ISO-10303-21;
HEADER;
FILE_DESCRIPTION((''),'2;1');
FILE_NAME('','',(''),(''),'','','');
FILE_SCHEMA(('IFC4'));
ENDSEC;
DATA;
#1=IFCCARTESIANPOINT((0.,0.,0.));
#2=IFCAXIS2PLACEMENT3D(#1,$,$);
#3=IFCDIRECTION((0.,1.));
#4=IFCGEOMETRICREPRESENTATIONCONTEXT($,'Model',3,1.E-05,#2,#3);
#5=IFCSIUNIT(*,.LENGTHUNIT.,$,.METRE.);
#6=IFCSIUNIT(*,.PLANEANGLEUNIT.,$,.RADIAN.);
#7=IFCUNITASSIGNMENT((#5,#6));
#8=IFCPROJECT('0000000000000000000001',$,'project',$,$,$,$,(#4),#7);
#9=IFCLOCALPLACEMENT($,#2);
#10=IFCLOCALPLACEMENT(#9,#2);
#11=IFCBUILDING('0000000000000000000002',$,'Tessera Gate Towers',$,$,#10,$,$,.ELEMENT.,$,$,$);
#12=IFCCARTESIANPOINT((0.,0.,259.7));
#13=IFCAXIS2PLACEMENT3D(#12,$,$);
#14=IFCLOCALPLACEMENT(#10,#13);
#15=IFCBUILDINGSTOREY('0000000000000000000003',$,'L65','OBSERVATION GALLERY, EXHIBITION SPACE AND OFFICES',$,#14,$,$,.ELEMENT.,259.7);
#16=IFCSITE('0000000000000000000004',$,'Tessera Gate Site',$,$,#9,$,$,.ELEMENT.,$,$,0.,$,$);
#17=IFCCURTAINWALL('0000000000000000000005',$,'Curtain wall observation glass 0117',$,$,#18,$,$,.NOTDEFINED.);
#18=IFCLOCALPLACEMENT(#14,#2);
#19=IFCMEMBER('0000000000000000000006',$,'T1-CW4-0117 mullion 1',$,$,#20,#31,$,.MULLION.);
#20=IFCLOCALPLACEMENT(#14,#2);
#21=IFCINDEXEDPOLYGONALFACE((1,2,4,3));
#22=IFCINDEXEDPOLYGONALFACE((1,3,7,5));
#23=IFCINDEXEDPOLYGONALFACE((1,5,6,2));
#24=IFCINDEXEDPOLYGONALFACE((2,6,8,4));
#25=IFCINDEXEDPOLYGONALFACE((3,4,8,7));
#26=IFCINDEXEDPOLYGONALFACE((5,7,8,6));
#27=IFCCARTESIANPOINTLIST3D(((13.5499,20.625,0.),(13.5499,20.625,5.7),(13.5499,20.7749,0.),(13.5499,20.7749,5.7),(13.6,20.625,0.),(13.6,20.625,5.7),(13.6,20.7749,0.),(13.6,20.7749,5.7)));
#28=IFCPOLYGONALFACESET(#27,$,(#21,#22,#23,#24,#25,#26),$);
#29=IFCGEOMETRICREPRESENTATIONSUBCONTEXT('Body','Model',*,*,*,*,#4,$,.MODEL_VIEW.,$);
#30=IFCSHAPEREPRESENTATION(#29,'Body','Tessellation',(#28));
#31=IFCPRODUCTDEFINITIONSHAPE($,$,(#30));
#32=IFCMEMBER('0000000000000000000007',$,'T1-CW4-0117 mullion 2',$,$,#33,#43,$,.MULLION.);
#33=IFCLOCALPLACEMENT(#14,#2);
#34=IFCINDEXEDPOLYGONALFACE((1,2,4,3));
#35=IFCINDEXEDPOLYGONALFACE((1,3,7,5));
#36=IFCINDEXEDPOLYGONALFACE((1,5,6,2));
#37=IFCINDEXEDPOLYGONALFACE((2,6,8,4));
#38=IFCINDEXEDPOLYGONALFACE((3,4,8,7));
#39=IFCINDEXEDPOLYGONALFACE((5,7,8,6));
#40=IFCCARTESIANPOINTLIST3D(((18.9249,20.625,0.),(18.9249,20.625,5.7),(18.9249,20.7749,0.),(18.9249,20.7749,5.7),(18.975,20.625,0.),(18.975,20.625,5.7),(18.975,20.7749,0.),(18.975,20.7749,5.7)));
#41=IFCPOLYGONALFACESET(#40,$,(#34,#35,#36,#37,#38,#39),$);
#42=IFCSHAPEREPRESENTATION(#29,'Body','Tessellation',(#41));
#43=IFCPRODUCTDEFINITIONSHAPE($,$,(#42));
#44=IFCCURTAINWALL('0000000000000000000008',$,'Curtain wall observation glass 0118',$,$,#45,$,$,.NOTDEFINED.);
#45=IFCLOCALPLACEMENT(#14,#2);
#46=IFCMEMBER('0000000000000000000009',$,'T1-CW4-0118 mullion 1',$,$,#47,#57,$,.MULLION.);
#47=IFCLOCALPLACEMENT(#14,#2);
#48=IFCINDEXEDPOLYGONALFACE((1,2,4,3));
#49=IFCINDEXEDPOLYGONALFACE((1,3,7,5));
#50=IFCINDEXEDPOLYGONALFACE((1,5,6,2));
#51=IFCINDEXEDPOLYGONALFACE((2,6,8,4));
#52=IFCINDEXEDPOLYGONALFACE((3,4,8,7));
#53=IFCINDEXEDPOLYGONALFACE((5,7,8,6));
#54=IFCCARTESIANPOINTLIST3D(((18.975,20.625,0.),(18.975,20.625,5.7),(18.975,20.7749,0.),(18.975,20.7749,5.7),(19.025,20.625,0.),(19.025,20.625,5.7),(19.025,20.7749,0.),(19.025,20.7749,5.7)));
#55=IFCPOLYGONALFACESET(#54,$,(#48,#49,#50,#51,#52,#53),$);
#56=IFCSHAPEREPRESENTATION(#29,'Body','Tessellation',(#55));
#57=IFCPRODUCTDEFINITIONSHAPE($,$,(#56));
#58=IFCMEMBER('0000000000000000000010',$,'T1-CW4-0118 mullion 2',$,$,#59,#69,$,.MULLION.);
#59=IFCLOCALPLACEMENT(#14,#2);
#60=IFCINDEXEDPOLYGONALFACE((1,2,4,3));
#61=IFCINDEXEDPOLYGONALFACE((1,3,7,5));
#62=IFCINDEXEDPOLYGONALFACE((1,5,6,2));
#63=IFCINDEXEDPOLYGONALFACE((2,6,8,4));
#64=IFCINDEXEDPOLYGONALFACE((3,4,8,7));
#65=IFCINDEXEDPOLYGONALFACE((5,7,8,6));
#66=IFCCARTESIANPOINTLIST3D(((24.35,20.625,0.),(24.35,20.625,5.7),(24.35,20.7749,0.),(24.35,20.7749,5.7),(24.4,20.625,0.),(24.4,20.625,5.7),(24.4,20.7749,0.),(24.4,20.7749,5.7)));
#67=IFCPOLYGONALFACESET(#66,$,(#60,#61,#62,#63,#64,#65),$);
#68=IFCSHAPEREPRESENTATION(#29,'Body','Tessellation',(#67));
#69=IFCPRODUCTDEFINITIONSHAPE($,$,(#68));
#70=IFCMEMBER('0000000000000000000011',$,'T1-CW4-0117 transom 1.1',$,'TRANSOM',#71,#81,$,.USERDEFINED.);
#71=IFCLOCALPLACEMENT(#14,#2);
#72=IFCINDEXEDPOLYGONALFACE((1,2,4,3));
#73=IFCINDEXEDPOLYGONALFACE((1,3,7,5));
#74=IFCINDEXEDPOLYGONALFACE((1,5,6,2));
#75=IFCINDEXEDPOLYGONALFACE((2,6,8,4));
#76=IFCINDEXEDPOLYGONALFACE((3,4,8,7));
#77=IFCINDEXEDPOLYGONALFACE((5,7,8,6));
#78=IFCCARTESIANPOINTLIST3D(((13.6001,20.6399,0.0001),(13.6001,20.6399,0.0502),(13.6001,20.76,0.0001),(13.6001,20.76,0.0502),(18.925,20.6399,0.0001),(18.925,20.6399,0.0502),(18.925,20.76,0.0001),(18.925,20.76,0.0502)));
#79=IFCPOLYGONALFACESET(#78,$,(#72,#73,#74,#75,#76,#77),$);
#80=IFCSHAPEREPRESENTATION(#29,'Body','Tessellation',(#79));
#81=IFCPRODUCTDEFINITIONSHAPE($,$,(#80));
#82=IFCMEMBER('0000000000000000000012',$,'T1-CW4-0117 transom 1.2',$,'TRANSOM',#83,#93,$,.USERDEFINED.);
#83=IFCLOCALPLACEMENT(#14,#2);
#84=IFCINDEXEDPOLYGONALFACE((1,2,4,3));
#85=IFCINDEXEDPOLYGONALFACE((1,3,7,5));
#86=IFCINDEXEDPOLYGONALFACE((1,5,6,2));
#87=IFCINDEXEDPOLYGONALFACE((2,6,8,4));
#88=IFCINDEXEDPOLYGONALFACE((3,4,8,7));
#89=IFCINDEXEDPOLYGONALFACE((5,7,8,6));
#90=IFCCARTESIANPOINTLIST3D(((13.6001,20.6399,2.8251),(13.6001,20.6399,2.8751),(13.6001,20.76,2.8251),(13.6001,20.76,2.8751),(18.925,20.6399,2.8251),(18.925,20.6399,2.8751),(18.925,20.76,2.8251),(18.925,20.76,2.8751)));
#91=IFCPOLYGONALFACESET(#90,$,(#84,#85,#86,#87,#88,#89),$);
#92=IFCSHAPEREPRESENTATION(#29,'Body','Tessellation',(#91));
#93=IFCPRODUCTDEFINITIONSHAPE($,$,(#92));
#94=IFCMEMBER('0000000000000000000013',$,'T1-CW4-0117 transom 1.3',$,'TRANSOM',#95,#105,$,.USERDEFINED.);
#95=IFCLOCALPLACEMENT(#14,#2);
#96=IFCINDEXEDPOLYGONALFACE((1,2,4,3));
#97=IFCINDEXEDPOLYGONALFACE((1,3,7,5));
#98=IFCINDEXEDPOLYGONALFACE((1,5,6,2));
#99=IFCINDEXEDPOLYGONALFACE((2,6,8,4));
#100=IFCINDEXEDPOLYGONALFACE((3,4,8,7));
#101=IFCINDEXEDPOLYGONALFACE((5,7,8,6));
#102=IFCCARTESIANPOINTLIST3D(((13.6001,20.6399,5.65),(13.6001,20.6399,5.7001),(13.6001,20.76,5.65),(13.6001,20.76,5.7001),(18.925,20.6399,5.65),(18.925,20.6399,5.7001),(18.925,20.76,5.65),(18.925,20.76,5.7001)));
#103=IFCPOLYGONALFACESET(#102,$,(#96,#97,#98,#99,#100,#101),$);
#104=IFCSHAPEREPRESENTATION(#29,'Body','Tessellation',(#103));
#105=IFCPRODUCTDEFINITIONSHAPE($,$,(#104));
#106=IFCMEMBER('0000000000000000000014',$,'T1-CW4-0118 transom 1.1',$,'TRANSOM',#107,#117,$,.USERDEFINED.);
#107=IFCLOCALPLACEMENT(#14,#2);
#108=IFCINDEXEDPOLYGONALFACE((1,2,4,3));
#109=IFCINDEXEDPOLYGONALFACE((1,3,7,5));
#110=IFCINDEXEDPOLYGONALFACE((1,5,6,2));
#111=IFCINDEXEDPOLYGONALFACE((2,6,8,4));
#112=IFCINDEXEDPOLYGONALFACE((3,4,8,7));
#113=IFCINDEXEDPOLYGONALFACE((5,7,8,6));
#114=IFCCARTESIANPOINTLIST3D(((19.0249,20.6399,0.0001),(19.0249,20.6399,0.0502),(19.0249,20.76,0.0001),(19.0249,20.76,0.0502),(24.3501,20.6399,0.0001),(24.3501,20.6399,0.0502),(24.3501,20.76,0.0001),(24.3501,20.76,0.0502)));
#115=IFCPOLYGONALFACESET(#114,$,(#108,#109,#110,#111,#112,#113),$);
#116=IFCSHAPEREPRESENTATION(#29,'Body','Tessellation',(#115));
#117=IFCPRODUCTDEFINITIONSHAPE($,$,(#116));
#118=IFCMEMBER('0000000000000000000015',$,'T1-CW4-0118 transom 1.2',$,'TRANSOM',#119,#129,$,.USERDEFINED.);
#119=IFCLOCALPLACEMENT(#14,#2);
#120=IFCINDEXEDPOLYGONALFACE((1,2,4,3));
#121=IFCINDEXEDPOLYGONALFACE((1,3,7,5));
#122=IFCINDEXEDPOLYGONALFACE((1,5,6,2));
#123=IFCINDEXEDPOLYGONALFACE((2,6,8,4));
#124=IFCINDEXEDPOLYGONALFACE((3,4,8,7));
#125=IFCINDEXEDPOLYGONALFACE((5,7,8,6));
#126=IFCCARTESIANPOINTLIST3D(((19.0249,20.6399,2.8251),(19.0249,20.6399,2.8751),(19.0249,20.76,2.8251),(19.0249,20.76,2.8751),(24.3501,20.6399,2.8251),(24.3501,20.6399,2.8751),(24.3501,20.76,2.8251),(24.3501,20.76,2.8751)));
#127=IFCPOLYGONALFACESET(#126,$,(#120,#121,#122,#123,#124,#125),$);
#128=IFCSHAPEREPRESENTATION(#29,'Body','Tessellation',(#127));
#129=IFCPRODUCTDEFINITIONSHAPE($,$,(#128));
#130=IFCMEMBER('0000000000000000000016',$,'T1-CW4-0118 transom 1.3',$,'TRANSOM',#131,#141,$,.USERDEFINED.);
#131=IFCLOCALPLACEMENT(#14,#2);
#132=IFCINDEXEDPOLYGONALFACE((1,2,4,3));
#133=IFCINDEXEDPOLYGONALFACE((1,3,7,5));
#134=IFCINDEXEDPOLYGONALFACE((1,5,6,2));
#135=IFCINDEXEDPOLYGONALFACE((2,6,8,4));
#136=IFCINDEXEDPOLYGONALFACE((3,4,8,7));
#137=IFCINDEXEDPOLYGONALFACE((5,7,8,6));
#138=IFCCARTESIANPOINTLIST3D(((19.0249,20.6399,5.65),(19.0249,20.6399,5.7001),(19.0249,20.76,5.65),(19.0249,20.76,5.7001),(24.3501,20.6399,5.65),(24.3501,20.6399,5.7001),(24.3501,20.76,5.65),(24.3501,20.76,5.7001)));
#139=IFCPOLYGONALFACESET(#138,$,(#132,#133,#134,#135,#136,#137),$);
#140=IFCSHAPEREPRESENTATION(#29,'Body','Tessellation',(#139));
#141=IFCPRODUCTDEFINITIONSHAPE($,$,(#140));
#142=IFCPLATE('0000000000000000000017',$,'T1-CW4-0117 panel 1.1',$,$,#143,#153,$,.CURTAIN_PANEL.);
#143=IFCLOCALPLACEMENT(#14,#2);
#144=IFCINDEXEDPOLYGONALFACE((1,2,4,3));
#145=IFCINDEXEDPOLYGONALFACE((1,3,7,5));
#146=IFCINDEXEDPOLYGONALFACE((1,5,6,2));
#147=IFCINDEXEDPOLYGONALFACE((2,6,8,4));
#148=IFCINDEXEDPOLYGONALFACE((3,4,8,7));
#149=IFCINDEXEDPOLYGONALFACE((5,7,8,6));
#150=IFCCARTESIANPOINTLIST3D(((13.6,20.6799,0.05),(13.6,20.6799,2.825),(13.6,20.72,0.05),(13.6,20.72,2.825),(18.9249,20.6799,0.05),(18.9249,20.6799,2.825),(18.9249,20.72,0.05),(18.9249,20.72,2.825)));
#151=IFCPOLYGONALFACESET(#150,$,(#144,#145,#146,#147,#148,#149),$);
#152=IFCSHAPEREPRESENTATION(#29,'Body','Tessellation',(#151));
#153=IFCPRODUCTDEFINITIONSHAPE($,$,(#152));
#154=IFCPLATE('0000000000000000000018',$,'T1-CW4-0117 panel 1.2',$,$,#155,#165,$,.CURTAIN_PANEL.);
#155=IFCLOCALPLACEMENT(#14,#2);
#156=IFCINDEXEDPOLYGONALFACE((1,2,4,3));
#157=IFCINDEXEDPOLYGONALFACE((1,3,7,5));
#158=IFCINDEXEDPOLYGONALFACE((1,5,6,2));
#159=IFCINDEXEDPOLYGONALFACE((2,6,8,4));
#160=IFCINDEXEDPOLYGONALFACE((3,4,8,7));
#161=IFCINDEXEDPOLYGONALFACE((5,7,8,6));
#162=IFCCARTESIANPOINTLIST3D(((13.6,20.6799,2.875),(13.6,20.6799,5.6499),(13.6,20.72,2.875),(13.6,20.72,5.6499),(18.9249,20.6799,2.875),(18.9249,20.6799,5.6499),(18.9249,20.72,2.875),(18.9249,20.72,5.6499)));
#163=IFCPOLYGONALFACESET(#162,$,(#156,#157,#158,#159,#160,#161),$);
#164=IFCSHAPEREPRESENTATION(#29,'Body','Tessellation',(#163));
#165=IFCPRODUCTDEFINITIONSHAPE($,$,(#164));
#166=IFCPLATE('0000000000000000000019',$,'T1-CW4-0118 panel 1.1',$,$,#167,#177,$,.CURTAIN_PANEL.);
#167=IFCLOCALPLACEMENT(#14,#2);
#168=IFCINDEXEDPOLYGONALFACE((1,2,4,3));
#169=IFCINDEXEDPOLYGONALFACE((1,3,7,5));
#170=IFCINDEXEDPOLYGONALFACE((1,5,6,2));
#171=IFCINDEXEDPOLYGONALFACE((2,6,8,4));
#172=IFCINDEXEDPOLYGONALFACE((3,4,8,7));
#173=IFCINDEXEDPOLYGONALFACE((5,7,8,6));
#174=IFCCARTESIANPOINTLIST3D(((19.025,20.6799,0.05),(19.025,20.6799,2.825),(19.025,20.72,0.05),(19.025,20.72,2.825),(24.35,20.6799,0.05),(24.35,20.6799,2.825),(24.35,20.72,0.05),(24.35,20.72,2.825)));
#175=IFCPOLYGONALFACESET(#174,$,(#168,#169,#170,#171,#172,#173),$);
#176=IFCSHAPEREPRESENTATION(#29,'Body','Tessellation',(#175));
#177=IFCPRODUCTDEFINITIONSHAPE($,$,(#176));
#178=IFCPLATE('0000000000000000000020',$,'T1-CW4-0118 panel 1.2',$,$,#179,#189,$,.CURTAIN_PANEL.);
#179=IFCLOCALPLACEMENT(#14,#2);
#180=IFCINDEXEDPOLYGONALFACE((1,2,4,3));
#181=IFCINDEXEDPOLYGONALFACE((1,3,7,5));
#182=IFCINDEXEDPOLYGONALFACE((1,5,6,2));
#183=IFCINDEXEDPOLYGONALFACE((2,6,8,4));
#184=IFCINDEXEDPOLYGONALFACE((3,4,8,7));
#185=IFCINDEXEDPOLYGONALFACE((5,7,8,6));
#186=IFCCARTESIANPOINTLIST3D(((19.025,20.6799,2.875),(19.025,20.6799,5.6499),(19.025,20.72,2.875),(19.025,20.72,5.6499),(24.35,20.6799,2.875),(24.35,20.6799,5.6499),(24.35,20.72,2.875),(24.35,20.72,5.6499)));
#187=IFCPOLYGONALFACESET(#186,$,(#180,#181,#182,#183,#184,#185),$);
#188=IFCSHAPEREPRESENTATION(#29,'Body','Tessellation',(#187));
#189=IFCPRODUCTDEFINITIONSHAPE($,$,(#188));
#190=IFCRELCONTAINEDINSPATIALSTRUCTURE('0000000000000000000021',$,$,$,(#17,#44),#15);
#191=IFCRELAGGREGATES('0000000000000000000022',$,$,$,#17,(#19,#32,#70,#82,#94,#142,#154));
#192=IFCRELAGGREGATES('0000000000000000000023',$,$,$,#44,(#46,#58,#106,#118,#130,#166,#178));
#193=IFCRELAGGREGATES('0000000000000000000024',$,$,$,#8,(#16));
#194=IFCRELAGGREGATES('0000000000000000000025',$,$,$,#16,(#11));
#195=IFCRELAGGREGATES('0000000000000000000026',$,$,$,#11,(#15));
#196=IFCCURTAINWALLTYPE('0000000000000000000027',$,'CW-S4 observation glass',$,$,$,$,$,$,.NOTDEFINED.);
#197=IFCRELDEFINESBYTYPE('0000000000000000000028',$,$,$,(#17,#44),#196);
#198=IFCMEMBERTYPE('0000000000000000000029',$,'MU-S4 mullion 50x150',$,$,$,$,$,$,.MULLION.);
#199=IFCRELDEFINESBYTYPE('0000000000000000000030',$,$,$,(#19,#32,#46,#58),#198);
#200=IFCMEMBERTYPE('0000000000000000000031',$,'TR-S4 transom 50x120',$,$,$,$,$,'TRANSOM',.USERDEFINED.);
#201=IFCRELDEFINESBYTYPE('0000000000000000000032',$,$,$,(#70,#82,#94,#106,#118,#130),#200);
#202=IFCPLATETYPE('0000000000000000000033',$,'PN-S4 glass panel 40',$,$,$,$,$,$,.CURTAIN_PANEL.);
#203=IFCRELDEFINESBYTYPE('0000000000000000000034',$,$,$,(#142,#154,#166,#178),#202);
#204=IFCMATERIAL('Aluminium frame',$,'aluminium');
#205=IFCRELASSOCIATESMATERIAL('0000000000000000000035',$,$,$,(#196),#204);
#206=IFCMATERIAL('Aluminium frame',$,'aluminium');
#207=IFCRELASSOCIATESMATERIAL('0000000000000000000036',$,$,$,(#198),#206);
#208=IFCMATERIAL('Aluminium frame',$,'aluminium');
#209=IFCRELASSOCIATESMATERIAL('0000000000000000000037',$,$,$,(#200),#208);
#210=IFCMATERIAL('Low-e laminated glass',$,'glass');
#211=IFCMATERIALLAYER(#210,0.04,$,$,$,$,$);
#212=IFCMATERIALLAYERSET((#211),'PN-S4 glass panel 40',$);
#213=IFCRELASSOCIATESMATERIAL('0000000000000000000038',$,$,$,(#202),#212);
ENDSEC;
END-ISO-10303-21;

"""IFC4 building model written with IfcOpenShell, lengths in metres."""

from ifc_helpers import new_model, si_unit, direction, frame, origin, origin_2d, place, context, subcontext, project, spatial, rectangle, extrude, material, layer, layer_set, material_profile, profile_set, type_object, element, aggregate, save


model = new_model("IFC4")

# Units and contexts
model_context = context("Model", 3, precision=1e-05, world=origin(), true_north=direction((0.0, 1.0)))
body_context = subcontext(model_context, "Body", "Model", "MODEL_VIEW")
ifc_project = project(units=[si_unit("LENGTHUNIT", "METRE"), si_unit("PLANEANGLEUNIT", "RADIAN")], contexts=[model_context])

# Site, building, storey
site_placement = place(None, origin())
site = spatial("IfcSite", under=ifc_project, at=site_placement, Name="Tessera Gate Site", CompositionType="ELEMENT", RefElevation=0.0)
building_placement = place(site_placement, origin())
building = spatial("IfcBuilding", under=site, at=building_placement, Name="Tessera Gate Towers", CompositionType="ELEMENT")
storey_placement = place(building_placement, frame((0.0, 0.0, 259.7)))
storey = spatial("IfcBuildingStorey", under=building, at=storey_placement, Name="L65", Description="OBSERVATION GALLERY, EXHIBITION SPACE AND OFFICES", CompositionType="ELEMENT", Elevation=259.7)

# Curtain walls, members
ifc_material_1 = material(Name="Aluminium frame", Category="aluminium")
curtain_wall_type = type_object("IfcCurtainWallType", Name="CW-S4 observation glass", PredefinedType="NOTDEFINED", material=ifc_material_1)
curtain_wall_1_placement = place(storey_placement, origin())
curtain_wall_1 = element("IfcCurtainWall", 1, at=curtain_wall_1_placement, inside=storey, type_object=curtain_wall_type, Name="Curtain wall observation glass 0117", PredefinedType="NOTDEFINED")
ifc_material_2 = material(Name="Aluminium frame", Category="aluminium")
ifc_material_profile_1 = material_profile(ifc_material_2, rectangle(XDim=0.05, YDim=0.1499, at=origin_2d()), Name="AL 50x150")
ifc_profile_set_1 = profile_set([ifc_material_profile_1], Name="Aluminium frame")
member_type_1 = type_object("IfcMemberType", Name="MU-S4 mullion 50x150", PredefinedType="MULLION", material=ifc_profile_set_1)
member_1_placement = place(storey_placement, frame((13.575, 20.7, 0.0), z_axis=(0.0, 0.0, 1.0), x_axis=(1.0, 0.0, 0.0)))
member_1 = element("IfcMember", 2, at=member_1_placement, type_object=member_type_1, Name="T1-CW4-0117 mullion 1", PredefinedType="MULLION", context=body_context, shape_type="SweptSolid", body=[
    extrude(rectangle(XDim=0.05, YDim=0.1499, at=origin_2d()), origin(), (0.0, 0.0, 1.0), 5.7),
])
member_2_placement = place(storey_placement, frame((18.95, 20.7, 0.0), z_axis=(0.0, 0.0, 1.0), x_axis=(1.0, 0.0, 0.0)))
member_2 = element("IfcMember", 3, at=member_2_placement, type_object=member_type_1, Name="T1-CW4-0117 mullion 2", PredefinedType="MULLION", context=body_context, shape_type="SweptSolid", body=[
    extrude(rectangle(XDim=0.05, YDim=0.1499, at=origin_2d()), origin(), (0.0, 0.0, 1.0), 5.7),
])
curtain_wall_2_placement = place(storey_placement, origin())
curtain_wall_2 = element("IfcCurtainWall", 4, at=curtain_wall_2_placement, inside=storey, type_object=curtain_wall_type, Name="Curtain wall observation glass 0118", PredefinedType="NOTDEFINED")
member_3_placement = place(storey_placement, frame((19.0, 20.7, 0.0), z_axis=(0.0, 0.0, 1.0), x_axis=(1.0, 0.0, 0.0)))
member_3 = element("IfcMember", 5, at=member_3_placement, type_object=member_type_1, Name="T1-CW4-0118 mullion 1", PredefinedType="MULLION", context=body_context, shape_type="SweptSolid", body=[
    extrude(rectangle(XDim=0.05, YDim=0.1499, at=origin_2d()), origin(), (0.0, 0.0, 1.0), 5.7),
])
member_4_placement = place(storey_placement, frame((24.375, 20.7, 0.0), z_axis=(0.0, 0.0, 1.0), x_axis=(1.0, 0.0, 0.0)))
member_4 = element("IfcMember", 6, at=member_4_placement, type_object=member_type_1, Name="T1-CW4-0118 mullion 2", PredefinedType="MULLION", context=body_context, shape_type="SweptSolid", body=[
    extrude(rectangle(XDim=0.05, YDim=0.1499, at=origin_2d()), origin(), (0.0, 0.0, 1.0), 5.7),
])

# Members
ifc_material_3 = material(Name="Aluminium frame", Category="aluminium")
ifc_material_profile_2 = material_profile(ifc_material_3, rectangle(XDim=0.1201, YDim=0.05, at=origin_2d()), Name="AL 50x120")
ifc_profile_set_2 = profile_set([ifc_material_profile_2], Name="Aluminium frame")
member_type_2 = type_object("IfcMemberType", Name="TR-S4 transom 50x120", ElementType="TRANSOM", PredefinedType="USERDEFINED", material=ifc_profile_set_2)
member_5_placement = place(storey_placement, frame((13.6001, 20.7, 0.0251), z_axis=(1.0, 0.0, 0.0), x_axis=(0.0, 1.0, 0.0)))
member_5 = element("IfcMember", 7, at=member_5_placement, type_object=member_type_2, Name="T1-CW4-0117 transom 1.1", ObjectType="TRANSOM", PredefinedType="USERDEFINED", context=body_context, shape_type="SweptSolid", body=[
    extrude(rectangle(XDim=0.1201, YDim=0.05, at=origin_2d()), origin(), (0.0, 0.0, 1.0), 5.325),
])
member_6_placement = place(storey_placement, frame((13.6001, 20.7, 2.8501), z_axis=(1.0, 0.0, 0.0), x_axis=(0.0, 1.0, 0.0)))
member_6 = element("IfcMember", 8, at=member_6_placement, type_object=member_type_2, Name="T1-CW4-0117 transom 1.2", ObjectType="TRANSOM", PredefinedType="USERDEFINED", context=body_context, shape_type="SweptSolid", body=[
    extrude(rectangle(XDim=0.1201, YDim=0.05, at=origin_2d()), origin(), (0.0, 0.0, 1.0), 5.325),
])
member_7_placement = place(storey_placement, frame((13.6001, 20.7, 5.675), z_axis=(1.0, 0.0, 0.0), x_axis=(0.0, 1.0, 0.0)))
member_7 = element("IfcMember", 9, at=member_7_placement, type_object=member_type_2, Name="T1-CW4-0117 transom 1.3", ObjectType="TRANSOM", PredefinedType="USERDEFINED", context=body_context, shape_type="SweptSolid", body=[
    extrude(rectangle(XDim=0.1201, YDim=0.05, at=origin_2d()), origin(), (0.0, 0.0, 1.0), 5.325),
])
member_8_placement = place(storey_placement, frame((19.0249, 20.7, 0.0251), z_axis=(1.0, 0.0, 0.0), x_axis=(0.0, 1.0, 0.0)))
member_8 = element("IfcMember", 10, at=member_8_placement, type_object=member_type_2, Name="T1-CW4-0118 transom 1.1", ObjectType="TRANSOM", PredefinedType="USERDEFINED", context=body_context, shape_type="SweptSolid", body=[
    extrude(rectangle(XDim=0.1201, YDim=0.05, at=origin_2d()), origin(), (0.0, 0.0, 1.0), 5.3252),
])
member_9_placement = place(storey_placement, frame((19.0249, 20.7, 2.8501), z_axis=(1.0, 0.0, 0.0), x_axis=(0.0, 1.0, 0.0)))
member_9 = element("IfcMember", 11, at=member_9_placement, type_object=member_type_2, Name="T1-CW4-0118 transom 1.2", ObjectType="TRANSOM", PredefinedType="USERDEFINED", context=body_context, shape_type="SweptSolid", body=[
    extrude(rectangle(XDim=0.1201, YDim=0.05, at=origin_2d()), origin(), (0.0, 0.0, 1.0), 5.3252),
])
member_10_placement = place(storey_placement, frame((19.0249, 20.7, 5.675), z_axis=(1.0, 0.0, 0.0), x_axis=(0.0, 1.0, 0.0)))
member_10 = element("IfcMember", 12, at=member_10_placement, type_object=member_type_2, Name="T1-CW4-0118 transom 1.3", ObjectType="TRANSOM", PredefinedType="USERDEFINED", context=body_context, shape_type="SweptSolid", body=[
    extrude(rectangle(XDim=0.1201, YDim=0.05, at=origin_2d()), origin(), (0.0, 0.0, 1.0), 5.3252),
])

# Plates
ifc_material_4 = material(Name="Low-e laminated glass", Category="glass")
ifc_layer_1 = layer(ifc_material_4, 0.04)
ifc_layer_set_1 = layer_set([ifc_layer_1], Name="PN-S4 glass panel 40")
plate_type = type_object("IfcPlateType", Name="PN-S4 glass panel 40", PredefinedType="CURTAIN_PANEL", material=ifc_layer_set_1)
plate_1_placement = place(storey_placement, frame((16.2625, 20.7, 0.05), z_axis=(0.0, 0.0, 1.0), x_axis=(1.0, 0.0, 0.0)))
plate_1 = element("IfcPlate", 13, at=plate_1_placement, type_object=plate_type, Name="T1-CW4-0117 panel 1.1", PredefinedType="CURTAIN_PANEL", context=body_context, shape_type="SweptSolid", body=[
    extrude(rectangle(XDim=5.325, YDim=0.04, at=origin_2d()), origin(), (0.0, 0.0, 1.0), 2.7749),
])
plate_2_placement = place(storey_placement, frame((16.2625, 20.7, 2.875), z_axis=(0.0, 0.0, 1.0), x_axis=(1.0, 0.0, 0.0)))
plate_2 = element("IfcPlate", 14, at=plate_2_placement, type_object=plate_type, Name="T1-CW4-0117 panel 1.2", PredefinedType="CURTAIN_PANEL", context=body_context, shape_type="SweptSolid", body=[
    extrude(rectangle(XDim=5.325, YDim=0.04, at=origin_2d()), origin(), (0.0, 0.0, 1.0), 2.7749),
])
aggregate(curtain_wall_1, [member_1, member_2, member_5, member_6, member_7, plate_1, plate_2])
plate_3_placement = place(storey_placement, frame((21.6875, 20.7, 0.05), z_axis=(0.0, 0.0, 1.0), x_axis=(1.0, 0.0, 0.0)))
plate_3 = element("IfcPlate", 15, at=plate_3_placement, type_object=plate_type, Name="T1-CW4-0118 panel 1.1", PredefinedType="CURTAIN_PANEL", context=body_context, shape_type="SweptSolid", body=[
    extrude(rectangle(XDim=5.325, YDim=0.04, at=origin_2d()), origin(), (0.0, 0.0, 1.0), 2.7749),
])
plate_4_placement = place(storey_placement, frame((21.6875, 20.7, 2.875), z_axis=(0.0, 0.0, 1.0), x_axis=(1.0, 0.0, 0.0)))
plate_4 = element("IfcPlate", 16, at=plate_4_placement, type_object=plate_type, Name="T1-CW4-0118 panel 1.2", PredefinedType="CURTAIN_PANEL", context=body_context, shape_type="SweptSolid", body=[
    extrude(rectangle(XDim=5.325, YDim=0.04, at=origin_2d()), origin(), (0.0, 0.0, 1.0), 2.7749),
])
aggregate(curtain_wall_2, [member_3, member_4, member_8, member_9, member_10, plate_3, plate_4])

save(model, "model.ifc")
